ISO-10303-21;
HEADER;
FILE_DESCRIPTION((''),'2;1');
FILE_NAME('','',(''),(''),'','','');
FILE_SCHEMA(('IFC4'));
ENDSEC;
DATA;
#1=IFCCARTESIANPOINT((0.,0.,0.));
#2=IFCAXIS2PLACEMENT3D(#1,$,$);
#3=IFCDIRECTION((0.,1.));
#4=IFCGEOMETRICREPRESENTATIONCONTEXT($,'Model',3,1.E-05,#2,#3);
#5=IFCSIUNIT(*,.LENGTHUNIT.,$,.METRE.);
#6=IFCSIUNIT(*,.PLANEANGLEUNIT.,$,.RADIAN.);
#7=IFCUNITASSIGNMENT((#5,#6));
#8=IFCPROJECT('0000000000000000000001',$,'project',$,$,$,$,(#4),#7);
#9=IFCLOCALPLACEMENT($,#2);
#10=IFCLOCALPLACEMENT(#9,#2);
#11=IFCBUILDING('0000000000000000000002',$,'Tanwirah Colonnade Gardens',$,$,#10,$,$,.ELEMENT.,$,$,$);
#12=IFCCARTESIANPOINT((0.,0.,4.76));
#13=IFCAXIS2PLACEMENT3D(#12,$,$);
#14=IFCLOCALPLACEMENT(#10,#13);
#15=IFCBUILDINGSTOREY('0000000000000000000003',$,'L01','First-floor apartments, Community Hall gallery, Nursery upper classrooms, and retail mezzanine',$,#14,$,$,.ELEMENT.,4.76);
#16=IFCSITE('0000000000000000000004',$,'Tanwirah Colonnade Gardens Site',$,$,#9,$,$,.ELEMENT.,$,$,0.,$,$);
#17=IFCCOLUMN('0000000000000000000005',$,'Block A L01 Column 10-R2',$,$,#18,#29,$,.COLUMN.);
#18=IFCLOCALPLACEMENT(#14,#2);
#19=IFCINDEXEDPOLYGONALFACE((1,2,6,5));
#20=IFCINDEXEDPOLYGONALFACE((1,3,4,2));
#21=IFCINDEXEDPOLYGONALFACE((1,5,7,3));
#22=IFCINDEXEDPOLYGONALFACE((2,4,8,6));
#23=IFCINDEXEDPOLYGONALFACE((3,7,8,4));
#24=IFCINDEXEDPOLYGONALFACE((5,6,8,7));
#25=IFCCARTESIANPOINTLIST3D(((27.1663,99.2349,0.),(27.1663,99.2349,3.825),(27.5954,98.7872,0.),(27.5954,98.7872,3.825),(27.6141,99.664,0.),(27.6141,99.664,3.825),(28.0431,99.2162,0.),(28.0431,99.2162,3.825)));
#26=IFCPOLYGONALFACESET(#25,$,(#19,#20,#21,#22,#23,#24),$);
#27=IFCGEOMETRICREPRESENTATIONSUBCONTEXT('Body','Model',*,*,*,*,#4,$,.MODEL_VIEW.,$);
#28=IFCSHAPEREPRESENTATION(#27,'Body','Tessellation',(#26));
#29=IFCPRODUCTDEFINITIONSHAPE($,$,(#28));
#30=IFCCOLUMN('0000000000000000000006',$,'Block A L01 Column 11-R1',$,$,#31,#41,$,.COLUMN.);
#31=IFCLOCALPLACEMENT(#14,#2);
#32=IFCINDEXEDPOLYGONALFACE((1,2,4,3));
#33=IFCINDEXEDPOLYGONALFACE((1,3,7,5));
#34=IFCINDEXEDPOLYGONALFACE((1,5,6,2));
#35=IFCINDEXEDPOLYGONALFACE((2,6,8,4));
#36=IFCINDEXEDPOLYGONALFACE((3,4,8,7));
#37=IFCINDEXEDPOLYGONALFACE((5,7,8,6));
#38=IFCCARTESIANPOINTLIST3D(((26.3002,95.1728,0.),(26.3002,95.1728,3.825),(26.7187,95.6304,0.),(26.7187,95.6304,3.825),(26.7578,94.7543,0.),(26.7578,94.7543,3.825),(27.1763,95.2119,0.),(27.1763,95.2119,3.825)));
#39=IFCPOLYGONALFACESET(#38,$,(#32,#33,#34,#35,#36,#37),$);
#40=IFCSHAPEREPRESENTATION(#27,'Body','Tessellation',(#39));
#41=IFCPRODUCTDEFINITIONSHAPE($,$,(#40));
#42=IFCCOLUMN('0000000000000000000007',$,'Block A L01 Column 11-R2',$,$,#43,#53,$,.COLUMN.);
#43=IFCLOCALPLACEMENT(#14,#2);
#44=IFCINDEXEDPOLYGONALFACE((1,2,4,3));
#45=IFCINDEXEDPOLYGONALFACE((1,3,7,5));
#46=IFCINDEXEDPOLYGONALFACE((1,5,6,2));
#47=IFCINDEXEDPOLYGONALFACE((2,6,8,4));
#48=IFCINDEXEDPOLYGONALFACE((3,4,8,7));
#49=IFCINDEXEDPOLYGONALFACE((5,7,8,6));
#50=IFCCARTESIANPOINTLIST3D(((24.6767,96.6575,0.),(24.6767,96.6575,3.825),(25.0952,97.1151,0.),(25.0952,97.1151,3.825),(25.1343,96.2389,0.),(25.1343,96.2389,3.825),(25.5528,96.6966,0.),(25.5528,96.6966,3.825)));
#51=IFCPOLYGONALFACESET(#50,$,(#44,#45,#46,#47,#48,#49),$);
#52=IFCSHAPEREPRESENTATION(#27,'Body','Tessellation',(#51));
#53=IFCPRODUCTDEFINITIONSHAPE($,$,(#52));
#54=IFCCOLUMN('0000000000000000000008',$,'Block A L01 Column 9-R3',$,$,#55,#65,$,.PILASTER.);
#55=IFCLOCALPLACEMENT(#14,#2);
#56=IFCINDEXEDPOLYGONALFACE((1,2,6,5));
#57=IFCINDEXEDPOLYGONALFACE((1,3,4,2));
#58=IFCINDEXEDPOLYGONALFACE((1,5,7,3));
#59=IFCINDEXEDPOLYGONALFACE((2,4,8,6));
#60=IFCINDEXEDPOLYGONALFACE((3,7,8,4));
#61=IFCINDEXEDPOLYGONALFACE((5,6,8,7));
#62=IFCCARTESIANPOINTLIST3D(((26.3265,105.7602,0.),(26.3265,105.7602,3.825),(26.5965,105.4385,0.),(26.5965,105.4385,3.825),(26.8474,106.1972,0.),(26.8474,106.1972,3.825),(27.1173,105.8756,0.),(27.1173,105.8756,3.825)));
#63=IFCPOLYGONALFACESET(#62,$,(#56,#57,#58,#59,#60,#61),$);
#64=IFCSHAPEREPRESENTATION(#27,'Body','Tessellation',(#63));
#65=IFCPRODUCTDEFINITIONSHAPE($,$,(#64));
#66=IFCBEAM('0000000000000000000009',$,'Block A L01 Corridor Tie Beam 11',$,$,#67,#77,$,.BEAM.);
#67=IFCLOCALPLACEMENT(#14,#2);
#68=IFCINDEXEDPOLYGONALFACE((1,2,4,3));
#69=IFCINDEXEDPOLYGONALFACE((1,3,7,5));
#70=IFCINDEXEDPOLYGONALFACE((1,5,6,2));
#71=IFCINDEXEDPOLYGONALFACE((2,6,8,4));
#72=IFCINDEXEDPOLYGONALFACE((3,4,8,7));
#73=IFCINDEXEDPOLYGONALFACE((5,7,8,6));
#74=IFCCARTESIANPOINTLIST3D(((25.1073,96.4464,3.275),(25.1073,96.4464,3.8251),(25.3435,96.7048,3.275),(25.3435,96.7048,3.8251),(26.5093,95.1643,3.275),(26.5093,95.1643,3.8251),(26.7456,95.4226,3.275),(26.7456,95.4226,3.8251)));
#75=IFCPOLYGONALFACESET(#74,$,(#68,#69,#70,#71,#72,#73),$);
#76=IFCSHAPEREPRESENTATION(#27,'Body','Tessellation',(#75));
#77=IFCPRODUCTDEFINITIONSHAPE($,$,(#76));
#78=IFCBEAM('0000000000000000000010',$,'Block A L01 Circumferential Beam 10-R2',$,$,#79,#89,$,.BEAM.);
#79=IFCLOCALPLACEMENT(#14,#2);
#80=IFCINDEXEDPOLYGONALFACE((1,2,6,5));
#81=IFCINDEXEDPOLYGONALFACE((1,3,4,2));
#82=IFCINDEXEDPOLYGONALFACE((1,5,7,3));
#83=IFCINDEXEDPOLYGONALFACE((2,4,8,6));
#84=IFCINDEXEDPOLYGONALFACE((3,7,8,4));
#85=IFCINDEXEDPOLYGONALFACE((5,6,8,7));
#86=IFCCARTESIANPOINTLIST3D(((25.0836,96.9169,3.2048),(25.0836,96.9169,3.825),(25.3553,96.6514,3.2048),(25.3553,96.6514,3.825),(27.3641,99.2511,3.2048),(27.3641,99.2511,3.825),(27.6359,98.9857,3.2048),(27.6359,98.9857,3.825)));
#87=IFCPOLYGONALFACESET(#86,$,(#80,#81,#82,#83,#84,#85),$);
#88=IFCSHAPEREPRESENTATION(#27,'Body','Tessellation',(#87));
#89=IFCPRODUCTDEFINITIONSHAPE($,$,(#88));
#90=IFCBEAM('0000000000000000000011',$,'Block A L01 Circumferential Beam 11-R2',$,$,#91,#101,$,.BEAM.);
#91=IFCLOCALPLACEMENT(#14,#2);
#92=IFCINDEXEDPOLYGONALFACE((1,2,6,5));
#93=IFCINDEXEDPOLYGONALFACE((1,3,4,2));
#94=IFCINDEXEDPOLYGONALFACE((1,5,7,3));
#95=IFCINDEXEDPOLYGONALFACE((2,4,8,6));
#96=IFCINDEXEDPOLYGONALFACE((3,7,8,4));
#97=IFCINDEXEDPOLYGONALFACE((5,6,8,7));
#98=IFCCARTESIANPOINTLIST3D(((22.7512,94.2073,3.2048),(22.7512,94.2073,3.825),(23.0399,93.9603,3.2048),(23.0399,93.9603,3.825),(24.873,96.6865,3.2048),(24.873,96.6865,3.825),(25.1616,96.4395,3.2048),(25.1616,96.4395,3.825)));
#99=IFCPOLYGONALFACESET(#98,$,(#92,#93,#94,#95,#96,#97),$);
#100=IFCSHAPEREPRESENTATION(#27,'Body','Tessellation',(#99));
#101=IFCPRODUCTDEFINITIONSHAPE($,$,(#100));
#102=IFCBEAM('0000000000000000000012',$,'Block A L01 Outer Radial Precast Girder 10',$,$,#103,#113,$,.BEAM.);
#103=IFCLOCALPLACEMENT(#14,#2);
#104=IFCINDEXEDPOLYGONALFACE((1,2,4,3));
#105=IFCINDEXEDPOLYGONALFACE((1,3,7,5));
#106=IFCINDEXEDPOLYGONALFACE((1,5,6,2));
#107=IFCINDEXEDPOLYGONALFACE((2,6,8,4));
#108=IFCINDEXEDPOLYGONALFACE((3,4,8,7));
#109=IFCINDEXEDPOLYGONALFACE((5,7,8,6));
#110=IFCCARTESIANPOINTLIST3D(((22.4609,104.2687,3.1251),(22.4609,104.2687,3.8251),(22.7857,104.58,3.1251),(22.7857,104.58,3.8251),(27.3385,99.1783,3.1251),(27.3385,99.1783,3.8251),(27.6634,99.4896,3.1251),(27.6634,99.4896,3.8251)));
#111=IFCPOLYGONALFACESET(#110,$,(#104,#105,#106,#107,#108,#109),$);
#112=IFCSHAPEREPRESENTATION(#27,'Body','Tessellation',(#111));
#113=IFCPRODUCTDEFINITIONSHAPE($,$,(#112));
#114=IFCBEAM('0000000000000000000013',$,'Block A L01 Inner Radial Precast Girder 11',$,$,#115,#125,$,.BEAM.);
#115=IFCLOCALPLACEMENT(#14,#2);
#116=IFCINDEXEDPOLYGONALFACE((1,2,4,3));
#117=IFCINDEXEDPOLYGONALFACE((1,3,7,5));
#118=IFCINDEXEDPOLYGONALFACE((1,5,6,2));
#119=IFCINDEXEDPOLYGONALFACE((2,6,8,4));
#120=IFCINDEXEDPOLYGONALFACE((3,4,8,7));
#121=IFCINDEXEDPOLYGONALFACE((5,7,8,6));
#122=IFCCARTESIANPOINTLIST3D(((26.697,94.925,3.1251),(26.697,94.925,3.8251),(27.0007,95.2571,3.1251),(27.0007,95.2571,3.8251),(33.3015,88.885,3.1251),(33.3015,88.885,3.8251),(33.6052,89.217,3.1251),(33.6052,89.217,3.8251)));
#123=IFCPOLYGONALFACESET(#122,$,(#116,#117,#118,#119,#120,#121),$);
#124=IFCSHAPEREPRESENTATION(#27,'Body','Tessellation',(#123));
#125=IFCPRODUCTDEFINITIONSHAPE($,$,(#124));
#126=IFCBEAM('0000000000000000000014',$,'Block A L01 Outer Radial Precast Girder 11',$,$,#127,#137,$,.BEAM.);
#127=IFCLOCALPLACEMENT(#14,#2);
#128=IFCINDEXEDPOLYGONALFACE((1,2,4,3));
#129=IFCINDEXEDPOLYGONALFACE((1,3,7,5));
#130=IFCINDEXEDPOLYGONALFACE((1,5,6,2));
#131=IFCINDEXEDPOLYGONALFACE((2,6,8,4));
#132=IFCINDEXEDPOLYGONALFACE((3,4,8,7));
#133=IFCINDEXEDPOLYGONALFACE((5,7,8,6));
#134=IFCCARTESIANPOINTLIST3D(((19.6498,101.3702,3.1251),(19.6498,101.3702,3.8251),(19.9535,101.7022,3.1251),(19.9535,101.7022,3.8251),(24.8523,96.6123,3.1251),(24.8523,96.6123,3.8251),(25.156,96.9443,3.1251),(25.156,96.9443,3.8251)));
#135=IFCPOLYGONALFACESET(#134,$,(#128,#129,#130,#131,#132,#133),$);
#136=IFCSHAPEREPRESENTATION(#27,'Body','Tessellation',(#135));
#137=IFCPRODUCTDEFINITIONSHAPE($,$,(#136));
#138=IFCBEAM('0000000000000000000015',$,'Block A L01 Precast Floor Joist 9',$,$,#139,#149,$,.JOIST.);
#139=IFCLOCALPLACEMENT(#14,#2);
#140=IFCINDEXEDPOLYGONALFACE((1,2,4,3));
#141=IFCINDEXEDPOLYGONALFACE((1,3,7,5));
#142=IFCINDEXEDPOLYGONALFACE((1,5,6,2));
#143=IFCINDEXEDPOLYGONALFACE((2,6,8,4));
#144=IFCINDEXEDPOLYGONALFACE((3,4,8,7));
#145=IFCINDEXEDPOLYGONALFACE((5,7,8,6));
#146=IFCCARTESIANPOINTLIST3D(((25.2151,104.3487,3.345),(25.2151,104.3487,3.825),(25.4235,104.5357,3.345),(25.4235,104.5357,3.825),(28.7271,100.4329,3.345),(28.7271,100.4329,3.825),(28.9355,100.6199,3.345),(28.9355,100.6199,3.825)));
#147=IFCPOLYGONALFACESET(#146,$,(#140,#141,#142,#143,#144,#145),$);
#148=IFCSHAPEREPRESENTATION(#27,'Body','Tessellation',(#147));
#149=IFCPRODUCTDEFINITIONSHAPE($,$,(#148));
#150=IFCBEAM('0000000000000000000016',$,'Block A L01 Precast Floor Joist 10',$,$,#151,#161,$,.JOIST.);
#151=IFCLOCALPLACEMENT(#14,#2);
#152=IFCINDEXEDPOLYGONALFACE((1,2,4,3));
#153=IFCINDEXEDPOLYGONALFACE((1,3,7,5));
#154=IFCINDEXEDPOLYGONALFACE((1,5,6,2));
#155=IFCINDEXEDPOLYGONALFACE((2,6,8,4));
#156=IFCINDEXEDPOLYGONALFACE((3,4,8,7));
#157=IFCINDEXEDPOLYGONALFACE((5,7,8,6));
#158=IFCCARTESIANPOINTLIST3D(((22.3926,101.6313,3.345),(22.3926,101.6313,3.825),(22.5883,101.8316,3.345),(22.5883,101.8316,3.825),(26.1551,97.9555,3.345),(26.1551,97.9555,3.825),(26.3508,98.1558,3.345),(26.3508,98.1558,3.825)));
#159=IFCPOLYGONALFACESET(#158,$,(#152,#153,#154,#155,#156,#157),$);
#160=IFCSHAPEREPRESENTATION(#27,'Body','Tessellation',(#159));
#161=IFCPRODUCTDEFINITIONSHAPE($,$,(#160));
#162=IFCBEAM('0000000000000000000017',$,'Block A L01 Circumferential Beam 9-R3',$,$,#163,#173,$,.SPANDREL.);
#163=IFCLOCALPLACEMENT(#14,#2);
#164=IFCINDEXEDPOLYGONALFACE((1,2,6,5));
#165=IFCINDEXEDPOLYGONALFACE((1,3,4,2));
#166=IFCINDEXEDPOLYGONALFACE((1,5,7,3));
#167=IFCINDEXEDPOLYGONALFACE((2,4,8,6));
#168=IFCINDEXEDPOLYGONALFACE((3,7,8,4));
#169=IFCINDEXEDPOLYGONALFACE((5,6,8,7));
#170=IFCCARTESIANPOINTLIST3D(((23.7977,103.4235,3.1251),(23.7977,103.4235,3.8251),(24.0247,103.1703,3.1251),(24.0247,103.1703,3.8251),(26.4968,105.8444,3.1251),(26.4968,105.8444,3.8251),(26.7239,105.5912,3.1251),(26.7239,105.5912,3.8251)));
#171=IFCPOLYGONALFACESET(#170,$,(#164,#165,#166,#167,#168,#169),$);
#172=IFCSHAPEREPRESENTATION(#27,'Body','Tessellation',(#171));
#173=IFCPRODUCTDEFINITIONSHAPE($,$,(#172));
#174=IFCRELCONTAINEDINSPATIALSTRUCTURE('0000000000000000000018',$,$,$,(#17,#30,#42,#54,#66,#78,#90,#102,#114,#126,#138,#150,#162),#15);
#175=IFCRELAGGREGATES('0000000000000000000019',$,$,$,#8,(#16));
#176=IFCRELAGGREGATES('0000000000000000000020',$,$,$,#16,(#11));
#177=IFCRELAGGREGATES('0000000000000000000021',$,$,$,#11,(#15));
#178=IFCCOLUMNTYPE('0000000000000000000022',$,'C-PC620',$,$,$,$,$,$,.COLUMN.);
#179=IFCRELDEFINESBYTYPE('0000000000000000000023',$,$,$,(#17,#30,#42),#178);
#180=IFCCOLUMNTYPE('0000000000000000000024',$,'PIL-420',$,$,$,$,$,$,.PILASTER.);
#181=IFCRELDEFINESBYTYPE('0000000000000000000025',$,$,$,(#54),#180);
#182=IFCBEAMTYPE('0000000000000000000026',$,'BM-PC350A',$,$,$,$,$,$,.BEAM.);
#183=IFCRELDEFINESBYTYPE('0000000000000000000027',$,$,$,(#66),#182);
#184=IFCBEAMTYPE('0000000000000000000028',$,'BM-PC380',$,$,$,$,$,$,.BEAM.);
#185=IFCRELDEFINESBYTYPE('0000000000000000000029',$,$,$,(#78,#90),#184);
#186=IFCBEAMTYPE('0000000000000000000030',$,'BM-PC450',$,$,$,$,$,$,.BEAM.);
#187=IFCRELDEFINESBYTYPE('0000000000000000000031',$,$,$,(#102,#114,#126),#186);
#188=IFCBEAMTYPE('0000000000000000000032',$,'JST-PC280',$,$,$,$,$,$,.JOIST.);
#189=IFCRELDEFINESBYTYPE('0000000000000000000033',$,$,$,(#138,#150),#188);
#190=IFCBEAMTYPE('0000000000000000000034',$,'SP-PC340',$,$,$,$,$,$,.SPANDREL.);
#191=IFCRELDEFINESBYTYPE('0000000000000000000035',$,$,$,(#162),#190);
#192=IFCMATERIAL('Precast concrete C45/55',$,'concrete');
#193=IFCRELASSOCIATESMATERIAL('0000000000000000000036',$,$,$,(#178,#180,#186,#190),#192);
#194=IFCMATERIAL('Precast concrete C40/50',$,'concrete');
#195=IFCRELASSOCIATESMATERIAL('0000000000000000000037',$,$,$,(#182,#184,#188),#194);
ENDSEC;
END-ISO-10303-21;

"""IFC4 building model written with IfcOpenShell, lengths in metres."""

from ifc_helpers import new_model, si_unit, direction, frame, origin, origin_2d, place, context, subcontext, project, spatial, rectangle, extrude, material, material_profile, profile_set, type_object, element, save


model = new_model("IFC4")

# Units and contexts
model_context = context("Model", 3, precision=1e-05, world=origin(), true_north=direction((0.0, 1.0)))
body_context = subcontext(model_context, "Body", "Model", "MODEL_VIEW")
ifc_project = project(units=[si_unit("LENGTHUNIT", "METRE"), si_unit("PLANEANGLEUNIT", "RADIAN")], contexts=[model_context])

# Site, building, storey
site_placement = place(None, origin())
site = spatial("IfcSite", under=ifc_project, at=site_placement, Name="Tanwirah Colonnade Gardens Site", CompositionType="ELEMENT", RefElevation=0.0)
building_placement = place(site_placement, origin())
building = spatial("IfcBuilding", under=site, at=building_placement, Name="Tanwirah Colonnade Gardens", CompositionType="ELEMENT")
storey_placement = place(building_placement, frame((0.0, 0.0, 4.76)))
storey = spatial("IfcBuildingStorey", under=building, at=storey_placement, Name="L01", Description="First-floor apartments, Community Hall gallery, Nursery upper classrooms, and retail mezzanine", CompositionType="ELEMENT", Elevation=4.76)

# Columns
ifc_material_1 = material(Name="Precast concrete C45/55", Category="concrete")
ifc_material_profile_1 = material_profile(ifc_material_1, rectangle(XDim=0.6201, YDim=0.6201, at=origin_2d()), Name="PC-COL 620x620")
ifc_profile_set_1 = profile_set([ifc_material_profile_1], Name="Precast concrete C45/55")
column_type_1 = type_object("IfcColumnType", Name="C-PC620", PredefinedType="COLUMN", material=ifc_profile_set_1)
for number, where, z_axis, x_axis, name in (
    (1, (27.6047, 99.2256, 0.0), (0.0, 0.0, 1.0), (-0.691863, 0.722029, 0.0), "Block A L01 Column 10-R2"),
    (2, (26.7383, 95.1924, 0.0), (0.0, 0.0, 1.0), (-0.737932, 0.674875, 0.0), "Block A L01 Column 11-R1"),
    (3, (25.1147, 96.677, 0.0), (0.0, 0.0, 1.0), (-0.737932, 0.674875, 0.0), "Block A L01 Column 11-R2"),
):
    element("IfcColumn", number, at=place(storey_placement, frame(where, z_axis=z_axis, x_axis=x_axis)), inside=storey, type_object=column_type_1, Name=name, PredefinedType="COLUMN", context=body_context, shape_type="SweptSolid", body=[
        extrude(rectangle(XDim=0.6201, YDim=0.6201, at=origin_2d()), origin(), (0.0, 0.0, 1.0), 3.825),
    ])
ifc_material_profile_2 = material_profile(ifc_material_1, rectangle(XDim=0.4199, YDim=0.6799, at=origin_2d()), Name="PC-PIL 420x680")
ifc_profile_set_2 = profile_set([ifc_material_profile_2], Name="Precast concrete C45/55")
column_type_2 = type_object("IfcColumnType", Name="PIL-420", PredefinedType="PILASTER", material=ifc_profile_set_2)
column_placement = place(storey_placement, frame((26.7219, 105.8179, 0.0), z_axis=(0.0, 0.0, 1.0), x_axis=(-0.642788, 0.766044, 0.0)))
element("IfcColumn", 4, at=column_placement, inside=storey, type_object=column_type_2, Name="Block A L01 Column 9-R3", PredefinedType="PILASTER", context=body_context, shape_type="SweptSolid", body=[
    extrude(rectangle(XDim=0.4199, YDim=0.6799, at=origin_2d()), origin(), (0.0, 0.0, 1.0), 3.825),
])

# Beams
ifc_material_2 = material(Name="Precast concrete C40/50", Category="concrete")
ifc_material_profile_3 = material_profile(ifc_material_2, rectangle(XDim=0.3501, YDim=0.55, at=origin_2d()), Name="PC-BM 350x550")
ifc_profile_set_3 = profile_set([ifc_material_profile_3], Name="Precast concrete C40/50")
beam_type_1 = type_object("IfcBeamType", Name="BM-PC350A", PredefinedType="BEAM", material=ifc_profile_set_3)
beam_1_placement = place(storey_placement, frame((26.6274, 95.2935, 3.55), z_axis=(-0.737948, 0.674857, 0.0), x_axis=(-0.674857, -0.737948, 0.0)))
element("IfcBeam", 5, at=beam_1_placement, inside=storey, type_object=beam_type_1, Name="Block A L01 Corridor Tie Beam 11", PredefinedType="BEAM", context=body_context, shape_type="SweptSolid", body=[
    extrude(rectangle(XDim=0.3501, YDim=0.55, at=origin_2d()), origin(), (0.0, 0.0, 1.0), 1.8999),
])
ifc_material_profile_4 = material_profile(ifc_material_2, rectangle(XDim=0.3799, YDim=0.6201, at=origin_2d()), Name="PC-BM 380x620")
ifc_profile_set_4 = profile_set([ifc_material_profile_4], Name="Precast concrete C40/50")
beam_type_2 = type_object("IfcBeamType", Name="BM-PC380", PredefinedType="BEAM", material=ifc_profile_set_4)
beam_2_placement = place(storey_placement, frame((27.5, 99.1184, 3.5149), z_axis=(-0.698829, -0.715288, 0.0), x_axis=(0.715288, -0.698829, 0.0)))
element("IfcBeam", 6, at=beam_2_placement, inside=storey, type_object=beam_type_2, Name="Block A L01 Circumferential Beam 10-R2", PredefinedType="BEAM", context=body_context, shape_type="SweptSolid", body=[
    extrude(rectangle(XDim=0.3799, YDim=0.6201, at=origin_2d()), origin(), (0.0, 0.0, 1.0), 3.2634),
])
beam_3_placement = place(storey_placement, frame((25.0173, 96.563, 3.5149), z_axis=(-0.650218, -0.759748, 0.0), x_axis=(0.759748, -0.650218, 0.0)))
element("IfcBeam", 7, at=beam_3_placement, inside=storey, type_object=beam_type_2, Name="Block A L01 Circumferential Beam 11-R2", PredefinedType="BEAM", context=body_context, shape_type="SweptSolid", body=[
    extrude(rectangle(XDim=0.3799, YDim=0.6201, at=origin_2d()), origin(), (0.0, 0.0, 1.0), 3.2632),
])
ifc_material_profile_5 = material_profile(ifc_material_1, rectangle(XDim=0.45, YDim=0.7, at=origin_2d()), Name="PC-BM 450x700")
ifc_profile_set_5 = profile_set([ifc_material_profile_5], Name="Precast concrete C45/55")
beam_type_3 = type_object("IfcBeamType", Name="BM-PC450", PredefinedType="BEAM", material=ifc_profile_set_5)
beam_4_placement = place(storey_placement, frame((27.501, 99.334, 3.4751), z_axis=(-0.691865, 0.722027, 0.0), x_axis=(-0.722027, -0.691865, 0.0)))
element("IfcBeam", 8, at=beam_4_placement, inside=storey, type_object=beam_type_3, Name="Block A L01 Outer Radial Precast Girder 10", PredefinedType="BEAM", context=body_context, shape_type="SweptSolid", body=[
    extrude(rectangle(XDim=0.45, YDim=0.7, at=origin_2d()), origin(), (0.0, 0.0, 1.0), 7.05),
])
beam_5_placement = place(storey_placement, frame((26.8489, 95.0911, 3.4751), z_axis=(0.737937, -0.674869, 0.0), x_axis=(0.674869, 0.737937, 0.0)))
element("IfcBeam", 9, at=beam_5_placement, inside=storey, type_object=beam_type_3, Name="Block A L01 Inner Radial Precast Girder 11", PredefinedType="BEAM", context=body_context, shape_type="SweptSolid", body=[
    extrude(rectangle(XDim=0.45, YDim=0.7, at=origin_2d()), origin(), (0.0, 0.0, 1.0), 8.95),
])
beam_6_placement = place(storey_placement, frame((25.0042, 96.7783, 3.4751), z_axis=(-0.737934, 0.674873, 0.0), x_axis=(-0.674873, -0.737934, 0.0)))
element("IfcBeam", 10, at=beam_6_placement, inside=storey, type_object=beam_type_3, Name="Block A L01 Outer Radial Precast Girder 11", PredefinedType="BEAM", context=body_context, shape_type="SweptSolid", body=[
    extrude(rectangle(XDim=0.45, YDim=0.7, at=origin_2d()), origin(), (0.0, 0.0, 1.0), 7.05),
])
ifc_material_profile_6 = material_profile(ifc_material_2, rectangle(XDim=0.28, YDim=0.48, at=origin_2d()), Name="PC-JST 280x480")
ifc_profile_set_6 = profile_set([ifc_material_profile_6], Name="Precast concrete C40/50")
beam_type_4 = type_object("IfcBeamType", Name="JST-PC280", PredefinedType="JOIST", material=ifc_profile_set_6)
for number, where, z_axis, x_axis, name in (
    (11, (28.8313, 100.5264, 3.585), (-0.667679, 0.744449, 0.0), (-0.744449, -0.667679, 0.0), "Block A L01 Precast Floor Joist 9"),
    (12, (26.2529, 98.0557, 3.585), (-0.715297, 0.69882, 0.0), (-0.69882, -0.715297, 0.0), "Block A L01 Precast Floor Joist 10"),
):
    element("IfcBeam", number, at=place(storey_placement, frame(where, z_axis=z_axis, x_axis=x_axis)), inside=storey, type_object=beam_type_4, Name=name, PredefinedType="JOIST", context=body_context, shape_type="SweptSolid", body=[
        extrude(rectangle(XDim=0.28, YDim=0.48, at=origin_2d()), origin(), (0.0, 0.0, 1.0), 5.26),
    ])
ifc_material_profile_7 = material_profile(ifc_material_1, rectangle(XDim=0.3401, YDim=0.7, at=origin_2d()), Name="PC-SP 340x700")
ifc_profile_set_7 = profile_set([ifc_material_profile_7], Name="Precast concrete C45/55")
beam_type_5 = type_object("IfcBeamType", Name="SP-PC340", PredefinedType="SPANDREL", material=ifc_profile_set_7)
beam_7_placement = place(storey_placement, frame((26.6104, 105.7178, 3.4751), z_axis=(-0.744445, -0.667684, 0.0), x_axis=(0.667684, -0.744445, 0.0)))
element("IfcBeam", 13, at=beam_7_placement, inside=storey, type_object=beam_type_5, Name="Block A L01 Circumferential Beam 9-R3", PredefinedType="SPANDREL", context=body_context, shape_type="SweptSolid", body=[
    extrude(rectangle(XDim=0.3401, YDim=0.7, at=origin_2d()), origin(), (0.0, 0.0, 1.0), 3.6257),
])

save(model, "model.ifc")
